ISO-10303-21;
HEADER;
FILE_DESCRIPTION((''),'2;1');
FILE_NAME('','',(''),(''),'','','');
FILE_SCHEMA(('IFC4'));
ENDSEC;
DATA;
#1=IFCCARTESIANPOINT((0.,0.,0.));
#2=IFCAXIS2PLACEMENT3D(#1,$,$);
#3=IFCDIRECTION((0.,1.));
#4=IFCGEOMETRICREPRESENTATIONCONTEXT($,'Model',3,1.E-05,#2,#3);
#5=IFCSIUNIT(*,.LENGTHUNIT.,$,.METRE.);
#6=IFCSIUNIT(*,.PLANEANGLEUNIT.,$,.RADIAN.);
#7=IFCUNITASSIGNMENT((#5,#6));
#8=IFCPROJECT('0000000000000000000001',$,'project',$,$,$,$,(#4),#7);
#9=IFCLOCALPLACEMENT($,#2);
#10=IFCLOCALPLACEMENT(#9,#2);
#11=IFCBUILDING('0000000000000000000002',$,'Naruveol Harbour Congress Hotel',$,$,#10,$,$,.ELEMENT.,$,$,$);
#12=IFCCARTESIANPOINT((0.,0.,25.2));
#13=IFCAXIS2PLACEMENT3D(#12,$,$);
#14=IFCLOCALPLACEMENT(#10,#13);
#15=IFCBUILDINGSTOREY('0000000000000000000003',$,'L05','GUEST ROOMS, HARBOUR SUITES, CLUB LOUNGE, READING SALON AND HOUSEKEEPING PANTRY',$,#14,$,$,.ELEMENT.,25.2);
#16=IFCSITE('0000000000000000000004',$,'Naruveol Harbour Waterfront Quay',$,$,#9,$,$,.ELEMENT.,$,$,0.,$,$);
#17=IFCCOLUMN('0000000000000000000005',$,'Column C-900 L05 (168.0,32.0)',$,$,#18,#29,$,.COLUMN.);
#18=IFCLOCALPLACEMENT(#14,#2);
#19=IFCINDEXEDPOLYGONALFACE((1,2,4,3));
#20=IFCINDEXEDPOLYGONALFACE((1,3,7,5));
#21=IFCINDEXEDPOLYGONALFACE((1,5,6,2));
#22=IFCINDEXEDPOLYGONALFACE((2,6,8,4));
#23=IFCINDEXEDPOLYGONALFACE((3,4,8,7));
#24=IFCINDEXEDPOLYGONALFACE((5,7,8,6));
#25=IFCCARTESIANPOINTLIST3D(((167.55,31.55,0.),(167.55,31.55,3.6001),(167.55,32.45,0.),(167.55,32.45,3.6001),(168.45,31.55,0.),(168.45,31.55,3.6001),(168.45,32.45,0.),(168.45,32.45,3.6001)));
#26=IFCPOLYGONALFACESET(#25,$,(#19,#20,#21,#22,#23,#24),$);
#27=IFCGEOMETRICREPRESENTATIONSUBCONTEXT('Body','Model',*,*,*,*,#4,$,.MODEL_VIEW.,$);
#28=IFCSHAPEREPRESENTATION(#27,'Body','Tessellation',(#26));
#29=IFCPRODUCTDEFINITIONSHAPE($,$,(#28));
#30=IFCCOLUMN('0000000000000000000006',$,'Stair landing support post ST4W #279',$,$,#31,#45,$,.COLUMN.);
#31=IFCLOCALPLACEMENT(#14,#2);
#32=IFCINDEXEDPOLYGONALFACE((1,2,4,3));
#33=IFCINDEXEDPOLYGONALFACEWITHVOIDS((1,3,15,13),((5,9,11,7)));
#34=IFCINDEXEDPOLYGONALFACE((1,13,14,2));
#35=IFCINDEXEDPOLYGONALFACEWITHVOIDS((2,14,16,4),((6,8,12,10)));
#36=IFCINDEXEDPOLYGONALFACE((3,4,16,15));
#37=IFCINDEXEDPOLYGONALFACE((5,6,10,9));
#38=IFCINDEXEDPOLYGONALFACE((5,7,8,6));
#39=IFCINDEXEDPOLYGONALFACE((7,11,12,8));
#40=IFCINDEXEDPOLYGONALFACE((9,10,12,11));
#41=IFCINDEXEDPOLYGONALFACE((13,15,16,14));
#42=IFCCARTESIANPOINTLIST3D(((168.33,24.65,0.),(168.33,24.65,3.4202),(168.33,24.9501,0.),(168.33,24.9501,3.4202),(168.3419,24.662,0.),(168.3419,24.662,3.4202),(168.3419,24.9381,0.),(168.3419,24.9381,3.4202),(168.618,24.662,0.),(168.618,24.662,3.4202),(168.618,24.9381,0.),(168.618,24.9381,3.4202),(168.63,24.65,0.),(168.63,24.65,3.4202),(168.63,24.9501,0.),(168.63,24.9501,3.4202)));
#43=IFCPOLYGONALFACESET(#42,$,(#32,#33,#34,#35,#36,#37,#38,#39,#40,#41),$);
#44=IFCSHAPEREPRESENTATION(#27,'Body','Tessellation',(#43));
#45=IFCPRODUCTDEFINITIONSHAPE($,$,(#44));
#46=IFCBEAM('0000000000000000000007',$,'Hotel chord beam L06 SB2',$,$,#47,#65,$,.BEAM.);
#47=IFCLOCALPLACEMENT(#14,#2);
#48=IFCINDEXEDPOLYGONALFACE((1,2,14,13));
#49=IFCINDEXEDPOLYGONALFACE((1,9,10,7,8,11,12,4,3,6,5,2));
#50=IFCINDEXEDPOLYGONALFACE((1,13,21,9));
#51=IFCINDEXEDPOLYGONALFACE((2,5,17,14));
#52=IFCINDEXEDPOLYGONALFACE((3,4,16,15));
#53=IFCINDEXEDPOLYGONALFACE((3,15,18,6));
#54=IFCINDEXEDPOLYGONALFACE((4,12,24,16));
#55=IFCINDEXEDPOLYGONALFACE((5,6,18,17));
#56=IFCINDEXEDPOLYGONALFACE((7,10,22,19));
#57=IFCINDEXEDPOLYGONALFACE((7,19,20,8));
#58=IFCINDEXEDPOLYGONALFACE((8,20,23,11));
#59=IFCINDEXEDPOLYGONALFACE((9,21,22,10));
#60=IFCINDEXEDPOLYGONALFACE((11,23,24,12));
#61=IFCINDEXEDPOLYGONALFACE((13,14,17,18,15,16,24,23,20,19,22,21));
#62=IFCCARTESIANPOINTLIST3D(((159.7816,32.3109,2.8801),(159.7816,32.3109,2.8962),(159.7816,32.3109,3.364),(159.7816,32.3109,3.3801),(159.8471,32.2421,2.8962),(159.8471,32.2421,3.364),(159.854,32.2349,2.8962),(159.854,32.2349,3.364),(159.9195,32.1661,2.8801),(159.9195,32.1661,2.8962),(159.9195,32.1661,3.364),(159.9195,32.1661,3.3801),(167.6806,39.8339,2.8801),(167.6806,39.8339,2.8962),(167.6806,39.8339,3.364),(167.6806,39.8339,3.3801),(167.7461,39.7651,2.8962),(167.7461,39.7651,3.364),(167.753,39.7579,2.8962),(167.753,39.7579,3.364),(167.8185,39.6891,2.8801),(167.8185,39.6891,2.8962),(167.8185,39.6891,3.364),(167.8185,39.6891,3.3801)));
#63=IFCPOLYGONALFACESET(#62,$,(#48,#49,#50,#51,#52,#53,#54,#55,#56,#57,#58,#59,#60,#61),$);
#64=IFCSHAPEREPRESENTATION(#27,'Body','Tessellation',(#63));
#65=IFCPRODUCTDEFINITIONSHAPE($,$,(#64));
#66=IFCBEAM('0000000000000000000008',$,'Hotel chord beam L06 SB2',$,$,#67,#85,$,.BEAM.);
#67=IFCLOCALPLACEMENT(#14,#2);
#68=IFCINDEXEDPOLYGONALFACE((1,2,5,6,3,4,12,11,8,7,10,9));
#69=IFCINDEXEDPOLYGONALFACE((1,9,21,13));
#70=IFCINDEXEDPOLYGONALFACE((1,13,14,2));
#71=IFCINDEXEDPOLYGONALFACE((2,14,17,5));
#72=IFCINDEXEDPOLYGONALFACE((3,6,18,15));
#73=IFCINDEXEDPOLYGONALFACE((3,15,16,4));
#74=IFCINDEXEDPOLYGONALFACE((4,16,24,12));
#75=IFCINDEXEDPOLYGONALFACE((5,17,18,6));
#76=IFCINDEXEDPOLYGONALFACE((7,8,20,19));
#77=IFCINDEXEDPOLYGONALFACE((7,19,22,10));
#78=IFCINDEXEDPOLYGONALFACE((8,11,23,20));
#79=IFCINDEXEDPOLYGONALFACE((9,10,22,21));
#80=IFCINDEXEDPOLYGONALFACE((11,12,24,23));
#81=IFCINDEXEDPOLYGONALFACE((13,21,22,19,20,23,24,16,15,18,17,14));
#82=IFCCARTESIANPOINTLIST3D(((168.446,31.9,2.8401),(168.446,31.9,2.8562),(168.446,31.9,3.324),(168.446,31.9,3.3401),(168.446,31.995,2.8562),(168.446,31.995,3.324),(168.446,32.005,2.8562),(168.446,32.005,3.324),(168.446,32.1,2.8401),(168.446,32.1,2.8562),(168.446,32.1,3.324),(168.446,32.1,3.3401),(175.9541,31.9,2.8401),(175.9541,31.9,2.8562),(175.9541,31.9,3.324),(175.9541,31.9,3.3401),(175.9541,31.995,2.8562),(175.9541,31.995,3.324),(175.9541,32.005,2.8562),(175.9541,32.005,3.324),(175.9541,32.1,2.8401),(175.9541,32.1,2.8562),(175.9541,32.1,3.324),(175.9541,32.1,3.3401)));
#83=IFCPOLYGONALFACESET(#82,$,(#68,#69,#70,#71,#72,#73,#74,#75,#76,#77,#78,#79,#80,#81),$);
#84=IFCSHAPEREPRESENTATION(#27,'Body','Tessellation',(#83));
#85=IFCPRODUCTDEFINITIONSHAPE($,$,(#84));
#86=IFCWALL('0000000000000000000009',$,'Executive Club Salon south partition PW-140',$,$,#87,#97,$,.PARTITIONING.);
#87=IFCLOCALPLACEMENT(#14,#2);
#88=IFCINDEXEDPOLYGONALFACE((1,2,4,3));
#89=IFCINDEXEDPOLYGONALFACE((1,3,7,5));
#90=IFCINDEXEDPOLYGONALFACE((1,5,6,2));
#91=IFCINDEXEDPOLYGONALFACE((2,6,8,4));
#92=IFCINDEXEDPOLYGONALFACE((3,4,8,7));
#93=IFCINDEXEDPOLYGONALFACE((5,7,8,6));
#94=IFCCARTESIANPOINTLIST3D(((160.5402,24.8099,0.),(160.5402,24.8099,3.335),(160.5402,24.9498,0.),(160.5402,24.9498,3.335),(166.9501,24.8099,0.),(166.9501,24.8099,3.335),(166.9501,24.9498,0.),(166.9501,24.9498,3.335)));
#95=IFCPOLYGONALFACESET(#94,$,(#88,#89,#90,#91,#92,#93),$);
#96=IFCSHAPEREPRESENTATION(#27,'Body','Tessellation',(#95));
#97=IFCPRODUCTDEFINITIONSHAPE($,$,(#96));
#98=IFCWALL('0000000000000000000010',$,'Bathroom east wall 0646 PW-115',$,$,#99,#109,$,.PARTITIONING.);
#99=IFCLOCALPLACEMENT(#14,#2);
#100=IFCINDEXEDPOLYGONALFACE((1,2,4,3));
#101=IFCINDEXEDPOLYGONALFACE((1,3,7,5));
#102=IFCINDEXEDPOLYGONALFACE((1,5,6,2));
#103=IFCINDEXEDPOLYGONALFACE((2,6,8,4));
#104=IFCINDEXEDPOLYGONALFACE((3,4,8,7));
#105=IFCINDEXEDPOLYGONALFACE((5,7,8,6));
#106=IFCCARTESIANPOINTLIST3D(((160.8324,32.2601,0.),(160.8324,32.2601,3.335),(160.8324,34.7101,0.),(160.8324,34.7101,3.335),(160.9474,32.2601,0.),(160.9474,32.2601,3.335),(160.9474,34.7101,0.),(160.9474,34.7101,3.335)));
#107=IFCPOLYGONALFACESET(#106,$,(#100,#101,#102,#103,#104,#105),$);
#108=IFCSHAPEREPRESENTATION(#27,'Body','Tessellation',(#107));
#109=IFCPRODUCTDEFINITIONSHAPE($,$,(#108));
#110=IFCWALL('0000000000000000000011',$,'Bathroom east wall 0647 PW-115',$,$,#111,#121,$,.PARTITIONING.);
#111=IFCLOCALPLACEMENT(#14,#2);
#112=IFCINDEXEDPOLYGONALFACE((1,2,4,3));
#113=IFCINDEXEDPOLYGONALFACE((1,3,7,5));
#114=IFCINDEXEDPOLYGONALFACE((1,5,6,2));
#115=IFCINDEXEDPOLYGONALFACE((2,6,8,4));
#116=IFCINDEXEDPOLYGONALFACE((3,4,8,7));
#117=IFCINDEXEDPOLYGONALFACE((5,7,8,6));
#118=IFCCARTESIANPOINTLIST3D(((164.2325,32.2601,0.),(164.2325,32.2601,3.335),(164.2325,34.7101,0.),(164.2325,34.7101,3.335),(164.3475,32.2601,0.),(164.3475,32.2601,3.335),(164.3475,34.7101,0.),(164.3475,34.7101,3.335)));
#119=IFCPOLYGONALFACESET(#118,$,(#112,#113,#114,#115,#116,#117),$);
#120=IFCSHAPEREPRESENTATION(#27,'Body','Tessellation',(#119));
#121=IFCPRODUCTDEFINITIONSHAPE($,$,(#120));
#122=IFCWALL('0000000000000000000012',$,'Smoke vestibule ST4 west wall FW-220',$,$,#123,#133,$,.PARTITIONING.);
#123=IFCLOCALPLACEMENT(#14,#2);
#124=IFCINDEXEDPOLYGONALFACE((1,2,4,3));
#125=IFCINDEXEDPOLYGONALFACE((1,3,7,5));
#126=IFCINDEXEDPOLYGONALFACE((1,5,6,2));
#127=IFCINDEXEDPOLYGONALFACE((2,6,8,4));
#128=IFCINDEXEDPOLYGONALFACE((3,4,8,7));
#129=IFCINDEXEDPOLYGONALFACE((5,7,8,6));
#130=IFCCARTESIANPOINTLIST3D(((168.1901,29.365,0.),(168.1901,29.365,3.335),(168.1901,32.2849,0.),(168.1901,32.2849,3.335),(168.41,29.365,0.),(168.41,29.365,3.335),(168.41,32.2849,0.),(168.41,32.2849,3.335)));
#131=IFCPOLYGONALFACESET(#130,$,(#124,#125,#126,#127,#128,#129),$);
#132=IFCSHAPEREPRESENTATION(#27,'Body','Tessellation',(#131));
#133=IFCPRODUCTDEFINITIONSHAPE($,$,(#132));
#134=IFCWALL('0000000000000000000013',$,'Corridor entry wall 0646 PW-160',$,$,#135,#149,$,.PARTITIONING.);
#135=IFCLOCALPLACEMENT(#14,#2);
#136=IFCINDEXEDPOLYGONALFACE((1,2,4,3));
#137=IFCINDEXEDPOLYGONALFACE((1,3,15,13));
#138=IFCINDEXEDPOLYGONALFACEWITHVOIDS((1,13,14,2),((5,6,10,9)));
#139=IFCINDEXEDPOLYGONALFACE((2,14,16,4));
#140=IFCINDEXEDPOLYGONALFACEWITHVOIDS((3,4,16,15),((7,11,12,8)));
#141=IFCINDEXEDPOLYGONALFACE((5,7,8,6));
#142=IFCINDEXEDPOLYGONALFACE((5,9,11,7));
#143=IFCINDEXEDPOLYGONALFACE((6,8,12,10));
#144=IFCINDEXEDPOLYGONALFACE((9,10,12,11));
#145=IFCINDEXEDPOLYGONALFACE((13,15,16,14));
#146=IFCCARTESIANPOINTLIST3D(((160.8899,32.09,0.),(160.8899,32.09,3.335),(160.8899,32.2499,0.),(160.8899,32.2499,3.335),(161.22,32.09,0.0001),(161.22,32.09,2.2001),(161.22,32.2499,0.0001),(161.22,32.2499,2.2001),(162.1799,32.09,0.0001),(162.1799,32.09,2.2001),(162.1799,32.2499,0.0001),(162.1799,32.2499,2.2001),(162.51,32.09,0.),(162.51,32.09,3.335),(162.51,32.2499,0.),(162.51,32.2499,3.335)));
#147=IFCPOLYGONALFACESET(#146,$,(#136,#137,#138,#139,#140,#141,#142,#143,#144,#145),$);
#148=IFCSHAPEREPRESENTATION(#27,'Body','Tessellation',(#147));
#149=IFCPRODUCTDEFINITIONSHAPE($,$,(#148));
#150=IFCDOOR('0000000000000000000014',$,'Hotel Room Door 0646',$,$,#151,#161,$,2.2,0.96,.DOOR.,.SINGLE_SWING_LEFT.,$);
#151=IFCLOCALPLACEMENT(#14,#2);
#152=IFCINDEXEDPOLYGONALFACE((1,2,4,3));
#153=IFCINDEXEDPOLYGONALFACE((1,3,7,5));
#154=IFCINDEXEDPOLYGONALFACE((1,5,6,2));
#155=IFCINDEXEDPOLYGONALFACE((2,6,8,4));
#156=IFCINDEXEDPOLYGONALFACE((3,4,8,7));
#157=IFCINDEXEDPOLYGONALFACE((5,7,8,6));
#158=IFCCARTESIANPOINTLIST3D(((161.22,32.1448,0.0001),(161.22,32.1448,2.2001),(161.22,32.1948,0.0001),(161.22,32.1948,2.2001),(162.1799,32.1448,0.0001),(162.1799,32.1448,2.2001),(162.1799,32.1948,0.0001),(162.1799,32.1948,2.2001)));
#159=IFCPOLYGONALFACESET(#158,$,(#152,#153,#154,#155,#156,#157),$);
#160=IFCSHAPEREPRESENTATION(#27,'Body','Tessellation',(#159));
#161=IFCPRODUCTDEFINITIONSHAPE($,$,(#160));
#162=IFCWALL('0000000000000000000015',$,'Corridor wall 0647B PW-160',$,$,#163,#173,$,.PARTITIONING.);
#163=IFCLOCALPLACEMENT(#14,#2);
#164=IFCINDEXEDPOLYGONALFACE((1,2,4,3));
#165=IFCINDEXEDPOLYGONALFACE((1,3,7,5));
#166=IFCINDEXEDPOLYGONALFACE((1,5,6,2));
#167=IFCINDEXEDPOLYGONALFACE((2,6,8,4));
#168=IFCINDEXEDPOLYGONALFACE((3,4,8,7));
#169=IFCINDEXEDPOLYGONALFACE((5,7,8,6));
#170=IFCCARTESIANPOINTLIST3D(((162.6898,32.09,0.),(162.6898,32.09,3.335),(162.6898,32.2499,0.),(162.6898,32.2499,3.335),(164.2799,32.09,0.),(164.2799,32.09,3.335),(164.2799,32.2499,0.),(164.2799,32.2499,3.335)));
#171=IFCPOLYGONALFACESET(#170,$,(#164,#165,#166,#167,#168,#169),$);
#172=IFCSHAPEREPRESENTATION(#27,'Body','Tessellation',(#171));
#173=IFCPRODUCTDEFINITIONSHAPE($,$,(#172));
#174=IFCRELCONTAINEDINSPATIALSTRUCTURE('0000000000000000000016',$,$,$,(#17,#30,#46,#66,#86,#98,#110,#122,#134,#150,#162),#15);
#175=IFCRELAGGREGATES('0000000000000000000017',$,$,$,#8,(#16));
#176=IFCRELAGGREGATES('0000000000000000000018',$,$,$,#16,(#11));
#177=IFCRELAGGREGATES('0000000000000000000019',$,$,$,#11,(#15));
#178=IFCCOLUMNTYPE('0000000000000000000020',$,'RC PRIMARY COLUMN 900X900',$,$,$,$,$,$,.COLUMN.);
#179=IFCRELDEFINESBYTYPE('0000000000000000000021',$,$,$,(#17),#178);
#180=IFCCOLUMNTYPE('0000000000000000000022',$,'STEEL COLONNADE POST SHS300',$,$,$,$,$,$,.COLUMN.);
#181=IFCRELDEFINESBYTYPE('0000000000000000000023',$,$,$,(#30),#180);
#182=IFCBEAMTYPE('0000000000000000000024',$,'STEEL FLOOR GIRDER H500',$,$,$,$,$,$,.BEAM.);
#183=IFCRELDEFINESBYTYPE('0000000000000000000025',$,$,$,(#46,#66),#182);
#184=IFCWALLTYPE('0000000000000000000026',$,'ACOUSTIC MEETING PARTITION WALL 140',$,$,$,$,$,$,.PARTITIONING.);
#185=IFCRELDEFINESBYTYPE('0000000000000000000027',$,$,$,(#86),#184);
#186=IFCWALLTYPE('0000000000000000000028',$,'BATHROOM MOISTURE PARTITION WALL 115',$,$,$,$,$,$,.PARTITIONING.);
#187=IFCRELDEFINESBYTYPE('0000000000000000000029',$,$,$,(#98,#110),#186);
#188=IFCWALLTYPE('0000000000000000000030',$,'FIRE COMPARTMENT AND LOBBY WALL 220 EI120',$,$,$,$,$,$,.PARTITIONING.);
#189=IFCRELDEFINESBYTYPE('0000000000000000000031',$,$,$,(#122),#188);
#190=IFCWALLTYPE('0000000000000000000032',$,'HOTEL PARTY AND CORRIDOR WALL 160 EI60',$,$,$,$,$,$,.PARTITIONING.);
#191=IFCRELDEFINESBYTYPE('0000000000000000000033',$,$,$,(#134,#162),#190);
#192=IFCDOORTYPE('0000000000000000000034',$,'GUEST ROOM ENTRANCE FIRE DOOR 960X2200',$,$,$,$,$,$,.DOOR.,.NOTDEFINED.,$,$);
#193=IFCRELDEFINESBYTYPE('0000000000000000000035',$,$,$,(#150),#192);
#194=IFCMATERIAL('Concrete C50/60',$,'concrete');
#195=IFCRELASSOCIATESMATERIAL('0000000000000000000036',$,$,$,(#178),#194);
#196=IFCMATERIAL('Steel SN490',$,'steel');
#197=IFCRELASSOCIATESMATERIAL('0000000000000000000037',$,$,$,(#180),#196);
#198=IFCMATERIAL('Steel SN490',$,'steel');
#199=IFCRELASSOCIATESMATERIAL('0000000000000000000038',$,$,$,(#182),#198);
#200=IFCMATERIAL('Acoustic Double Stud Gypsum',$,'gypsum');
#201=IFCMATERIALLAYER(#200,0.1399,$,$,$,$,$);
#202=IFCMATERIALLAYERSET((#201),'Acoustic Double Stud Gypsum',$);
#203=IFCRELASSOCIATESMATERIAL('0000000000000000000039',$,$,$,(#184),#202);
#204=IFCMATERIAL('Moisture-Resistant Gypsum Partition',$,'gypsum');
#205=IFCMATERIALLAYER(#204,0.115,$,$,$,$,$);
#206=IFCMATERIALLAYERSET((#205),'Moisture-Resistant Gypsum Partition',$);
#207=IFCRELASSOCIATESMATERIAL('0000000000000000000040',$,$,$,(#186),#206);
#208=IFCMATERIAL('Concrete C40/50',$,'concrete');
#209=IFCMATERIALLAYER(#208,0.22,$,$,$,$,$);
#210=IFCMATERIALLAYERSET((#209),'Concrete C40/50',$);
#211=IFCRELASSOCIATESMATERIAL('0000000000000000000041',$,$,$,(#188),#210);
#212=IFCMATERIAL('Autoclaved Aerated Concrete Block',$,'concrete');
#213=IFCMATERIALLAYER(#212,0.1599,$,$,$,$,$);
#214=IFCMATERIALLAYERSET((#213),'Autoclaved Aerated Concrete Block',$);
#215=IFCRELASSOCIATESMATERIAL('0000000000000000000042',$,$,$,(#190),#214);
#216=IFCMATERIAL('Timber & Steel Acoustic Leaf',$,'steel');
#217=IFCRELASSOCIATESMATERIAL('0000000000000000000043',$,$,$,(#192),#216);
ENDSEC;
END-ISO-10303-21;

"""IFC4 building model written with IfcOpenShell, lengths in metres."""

from ifc_helpers import new_model, si_unit, direction, frame, frame_2d, origin, origin_2d, place, context, subcontext, project, spatial, rectangle, hollow_rectangle, i_section, extrude, material, layer, layer_set, material_profile, profile_set, type_object, element, fill, save


model = new_model("IFC4")

# Units and contexts
model_context = context("Model", 3, precision=1e-05, world=origin(), true_north=direction((0.0, 1.0)))
body_context = subcontext(model_context, "Body", "Model", "MODEL_VIEW")
ifc_project = project(units=[si_unit("LENGTHUNIT", "METRE"), si_unit("PLANEANGLEUNIT", "RADIAN")], contexts=[model_context])

# Site, building, storey
site_placement = place(None, origin())
site = spatial("IfcSite", under=ifc_project, at=site_placement, Name="Naruveol Harbour Waterfront Quay", CompositionType="ELEMENT", RefElevation=0.0)
building_placement = place(site_placement, origin())
building = spatial("IfcBuilding", under=site, at=building_placement, Name="Naruveol Harbour Congress Hotel", CompositionType="ELEMENT")
storey_placement = place(building_placement, frame((0.0, 0.0, 25.2)))
storey = spatial("IfcBuildingStorey", under=building, at=storey_placement, Name="L05", Description="GUEST ROOMS, HARBOUR SUITES, CLUB LOUNGE, READING SALON AND HOUSEKEEPING PANTRY", CompositionType="ELEMENT", Elevation=25.2)

# Columns
ifc_material_1 = material(Name="Concrete C50/60", Category="concrete")
ifc_material_profile_1 = material_profile(ifc_material_1, rectangle(XDim=0.8999, YDim=0.8999, at=origin_2d()), Name="RC-900x900")
ifc_profile_set_1 = profile_set([ifc_material_profile_1], Name="Concrete C50/60")
column_type_1 = type_object("IfcColumnType", Name="RC PRIMARY COLUMN 900X900", PredefinedType="COLUMN", material=ifc_profile_set_1)
column_1_placement = place(storey_placement, frame((168.0, 32.0, 0.0), z_axis=(0.0, 0.0, 1.0), x_axis=(1.0, 0.0, 0.0)))
element("IfcColumn", 1, at=column_1_placement, inside=storey, type_object=column_type_1, Name="Column C-900 L05 (168.0,32.0)", PredefinedType="COLUMN", context=body_context, shape_type="SweptSolid", body=[
    extrude(rectangle(XDim=0.8999, YDim=0.8999, at=origin_2d()), origin(), (0.0, 0.0, 1.0), 3.6001),
])
ifc_material_2 = material(Name="Steel SN490", Category="steel")
ifc_material_profile_2 = material_profile(ifc_material_2, hollow_rectangle(XDim=0.3, YDim=0.3, WallThickness=0.012, at=origin_2d()), Name="SHS-300x300x12")
ifc_profile_set_2 = profile_set([ifc_material_profile_2], Name="Steel SN490")
column_type_2 = type_object("IfcColumnType", Name="STEEL COLONNADE POST SHS300", PredefinedType="COLUMN", material=ifc_profile_set_2)
column_2_placement = place(storey_placement, frame((168.48, 24.8, 0.0), z_axis=(0.0, 0.0, 1.0), x_axis=(1.0, 0.0, 0.0)))
element("IfcColumn", 2, at=column_2_placement, inside=storey, type_object=column_type_2, Name="Stair landing support post ST4W #279", PredefinedType="COLUMN", context=body_context, shape_type="SweptSolid", body=[
    extrude(hollow_rectangle(XDim=0.3, YDim=0.3, WallThickness=0.012, at=origin_2d()), origin(), (0.0, 0.0, 1.0), 3.4202),
])

# Beams
ifc_material_3 = material(Name="Steel SN490", Category="steel")
ifc_material_profile_3 = material_profile(ifc_material_3, i_section(OverallWidth=0.2, OverallDepth=0.5, WebThickness=0.01, FlangeThickness=0.0161, at=origin_2d()), Name="H-500x200x10x16")
ifc_profile_set_3 = profile_set([ifc_material_profile_3], Name="Steel SN490")
beam_type = type_object("IfcBeamType", Name="STEEL FLOOR GIRDER H500", PredefinedType="BEAM", material=ifc_profile_set_3)
beam_1_placement = place(storey_placement, frame((159.8506, 32.2385, 3.1301), z_axis=(0.72413, 0.689663, 0.0), x_axis=(-0.689663, 0.72413, 0.0)))
element("IfcBeam", 3, at=beam_1_placement, inside=storey, type_object=beam_type, Name="Hotel chord beam L06 SB2", PredefinedType="BEAM", context=body_context, shape_type="SweptSolid", body=[
    extrude(i_section(OverallWidth=0.2, OverallDepth=0.5, WebThickness=0.01, FlangeThickness=0.0161, at=origin_2d()), origin(), (0.0, 0.0, 1.0), 10.9082),
])
beam_2_placement = place(storey_placement, frame((168.446, 32.0, 3.0901), z_axis=(1.0, 0.0, 0.0), x_axis=(0.0, 1.0, 0.0)))
element("IfcBeam", 4, at=beam_2_placement, inside=storey, type_object=beam_type, Name="Hotel chord beam L06 SB2", PredefinedType="BEAM", context=body_context, shape_type="SweptSolid", body=[
    extrude(i_section(OverallWidth=0.2, OverallDepth=0.5, WebThickness=0.01, FlangeThickness=0.0161, at=origin_2d()), origin(), (0.0, 0.0, 1.0), 7.5081),
])

# Shared definitions
ifc_material_4 = material(Name="Acoustic Double Stud Gypsum", Category="gypsum")
ifc_layer_1 = layer(ifc_material_4, 0.1399)
ifc_layer_set_1 = layer_set([ifc_layer_1], Name="Acoustic Double Stud Gypsum")
wall_type_1 = type_object("IfcWallType", Name="ACOUSTIC MEETING PARTITION WALL 140", PredefinedType="PARTITIONING", material=ifc_layer_set_1)

# Walls
wall_1_placement = place(storey_placement, frame((160.54, 24.8799, 0.0), z_axis=(0.0, 0.0, 1.0), x_axis=(1.0, 0.0, 0.0)))
element("IfcWall", 5, at=wall_1_placement, inside=storey, type_object=wall_type_1, Name="Executive Club Salon south partition PW-140", PredefinedType="PARTITIONING", context=body_context, shape_type="SweptSolid", body=[
    extrude(rectangle(XDim=6.4099, YDim=0.1399, at=frame_2d((3.2051, 0.0))), origin(), (0.0, 0.0, 1.0), 3.335),
])
ifc_material_5 = material(Name="Moisture-Resistant Gypsum Partition", Category="gypsum")
ifc_layer_2 = layer(ifc_material_5, 0.115)
ifc_layer_set_2 = layer_set([ifc_layer_2], Name="Moisture-Resistant Gypsum Partition")
wall_type_2 = type_object("IfcWallType", Name="BATHROOM MOISTURE PARTITION WALL 115", PredefinedType="PARTITIONING", material=ifc_layer_set_2)
for number, where, z_axis, x_axis, name in (
    (6, (160.8899, 32.26, 0.0), (0.0, 0.0, 1.0), (0.0, 1.0, 0.0), "Bathroom east wall 0646 PW-115"),
    (7, (164.29, 32.26, 0.0), (0.0, 0.0, 1.0), (0.0, 1.0, 0.0), "Bathroom east wall 0647 PW-115"),
):
    element("IfcWall", number, at=place(storey_placement, frame(where, z_axis=z_axis, x_axis=x_axis)), inside=storey, type_object=wall_type_2, Name=name, PredefinedType="PARTITIONING", context=body_context, shape_type="SweptSolid", body=[
        extrude(rectangle(XDim=2.45, YDim=0.115, at=frame_2d((1.2251, 0.0))), origin(), (0.0, 0.0, 1.0), 3.335),
    ])
ifc_material_6 = material(Name="Concrete C40/50", Category="concrete")
ifc_layer_3 = layer(ifc_material_6, 0.22)
ifc_layer_set_3 = layer_set([ifc_layer_3], Name="Concrete C40/50")
wall_type_3 = type_object("IfcWallType", Name="FIRE COMPARTMENT AND LOBBY WALL 220 EI120", PredefinedType="PARTITIONING", material=ifc_layer_set_3)
wall_2_placement = place(storey_placement, frame((168.3, 29.365, 0.0), z_axis=(0.0, 0.0, 1.0), x_axis=(0.0, 1.0, 0.0)))
element("IfcWall", 8, at=wall_2_placement, inside=storey, type_object=wall_type_3, Name="Smoke vestibule ST4 west wall FW-220", PredefinedType="PARTITIONING", context=body_context, shape_type="SweptSolid", body=[
    extrude(rectangle(XDim=2.9199, YDim=0.22, at=frame_2d((1.46, 0.0))), origin(), (0.0, 0.0, 1.0), 3.335),
])

# Wall, opening, door
ifc_material_7 = material(Name="Autoclaved Aerated Concrete Block", Category="concrete")
ifc_layer_4 = layer(ifc_material_7, 0.1599)
ifc_layer_set_4 = layer_set([ifc_layer_4], Name="Autoclaved Aerated Concrete Block")
wall_type_4 = type_object("IfcWallType", Name="HOTEL PARTY AND CORRIDOR WALL 160 EI60", PredefinedType="PARTITIONING", material=ifc_layer_set_4)
wall_3_placement = place(storey_placement, frame((160.8899, 32.1699, 0.0), z_axis=(0.0, 0.0, 1.0), x_axis=(1.0, 0.0, 0.0)))
wall_3 = element("IfcWall", 9, at=wall_3_placement, inside=storey, type_object=wall_type_4, Name="Corridor entry wall 0646 PW-160", PredefinedType="PARTITIONING", context=body_context, shape_type="SweptSolid", body=[
    extrude(rectangle(XDim=1.6201, YDim=0.1599, at=frame_2d((0.8101, 0.0))), origin(), (0.0, 0.0, 1.0), 3.335),
])
opening_1_placement = place(wall_3_placement, frame((0.3301, 0.0, 0.0)))
opening_1 = element("IfcOpeningElement", 10, at=opening_1_placement, cuts=wall_3, PredefinedType="OPENING", context=body_context, shape_type="SweptSolid", body=[
    extrude(rectangle(XDim=0.96, YDim=2.2, at=frame_2d((0.48, 1.1001))), frame((0.0, 0.0898, 0.0), z_axis=(0.0, -1.0, 0.0), x_axis=(1.0, 0.0, 0.0)), (0.0, 0.0, 1.0), 0.1799),
])
ifc_material_8 = material(Name="Timber & Steel Acoustic Leaf", Category="steel")
door_type_1 = type_object("IfcDoorType", Name="GUEST ROOM ENTRANCE FIRE DOOR 960X2200", OperationType="NOTDEFINED", PredefinedType="DOOR", material=ifc_material_8)
door_1_placement = place(opening_1_placement, origin())
door_1 = element("IfcDoor", 11, at=door_1_placement, inside=storey, type_object=door_type_1, Name="Hotel Room Door 0646", OperationType="SINGLE_SWING_LEFT", OverallHeight=2.2, OverallWidth=0.96, PredefinedType="DOOR", context=body_context, shape_type="SweptSolid", body=[
    extrude(rectangle(XDim=0.96, YDim=2.2, at=frame_2d((0.48, 1.1001))), frame((0.0, 0.0249, 0.0), z_axis=(0.0, -1.0, 0.0), x_axis=(1.0, 0.0, 0.0)), (0.0, 0.0, 1.0), 0.05),
])
fill(opening_1, door_1)

# Wall
wall_4_placement = place(storey_placement, frame((162.6899, 32.1699, 0.0), z_axis=(0.0, 0.0, 1.0), x_axis=(1.0, 0.0, 0.0)))
element("IfcWall", 12, at=wall_4_placement, inside=storey, type_object=wall_type_4, Name="Corridor wall 0647B PW-160", PredefinedType="PARTITIONING", context=body_context, shape_type="SweptSolid", body=[
    extrude(rectangle(XDim=1.5901, YDim=0.1599, at=frame_2d((0.7949, 0.0))), origin(), (0.0, 0.0, 1.0), 3.335),
])

save(model, "model.ifc")
